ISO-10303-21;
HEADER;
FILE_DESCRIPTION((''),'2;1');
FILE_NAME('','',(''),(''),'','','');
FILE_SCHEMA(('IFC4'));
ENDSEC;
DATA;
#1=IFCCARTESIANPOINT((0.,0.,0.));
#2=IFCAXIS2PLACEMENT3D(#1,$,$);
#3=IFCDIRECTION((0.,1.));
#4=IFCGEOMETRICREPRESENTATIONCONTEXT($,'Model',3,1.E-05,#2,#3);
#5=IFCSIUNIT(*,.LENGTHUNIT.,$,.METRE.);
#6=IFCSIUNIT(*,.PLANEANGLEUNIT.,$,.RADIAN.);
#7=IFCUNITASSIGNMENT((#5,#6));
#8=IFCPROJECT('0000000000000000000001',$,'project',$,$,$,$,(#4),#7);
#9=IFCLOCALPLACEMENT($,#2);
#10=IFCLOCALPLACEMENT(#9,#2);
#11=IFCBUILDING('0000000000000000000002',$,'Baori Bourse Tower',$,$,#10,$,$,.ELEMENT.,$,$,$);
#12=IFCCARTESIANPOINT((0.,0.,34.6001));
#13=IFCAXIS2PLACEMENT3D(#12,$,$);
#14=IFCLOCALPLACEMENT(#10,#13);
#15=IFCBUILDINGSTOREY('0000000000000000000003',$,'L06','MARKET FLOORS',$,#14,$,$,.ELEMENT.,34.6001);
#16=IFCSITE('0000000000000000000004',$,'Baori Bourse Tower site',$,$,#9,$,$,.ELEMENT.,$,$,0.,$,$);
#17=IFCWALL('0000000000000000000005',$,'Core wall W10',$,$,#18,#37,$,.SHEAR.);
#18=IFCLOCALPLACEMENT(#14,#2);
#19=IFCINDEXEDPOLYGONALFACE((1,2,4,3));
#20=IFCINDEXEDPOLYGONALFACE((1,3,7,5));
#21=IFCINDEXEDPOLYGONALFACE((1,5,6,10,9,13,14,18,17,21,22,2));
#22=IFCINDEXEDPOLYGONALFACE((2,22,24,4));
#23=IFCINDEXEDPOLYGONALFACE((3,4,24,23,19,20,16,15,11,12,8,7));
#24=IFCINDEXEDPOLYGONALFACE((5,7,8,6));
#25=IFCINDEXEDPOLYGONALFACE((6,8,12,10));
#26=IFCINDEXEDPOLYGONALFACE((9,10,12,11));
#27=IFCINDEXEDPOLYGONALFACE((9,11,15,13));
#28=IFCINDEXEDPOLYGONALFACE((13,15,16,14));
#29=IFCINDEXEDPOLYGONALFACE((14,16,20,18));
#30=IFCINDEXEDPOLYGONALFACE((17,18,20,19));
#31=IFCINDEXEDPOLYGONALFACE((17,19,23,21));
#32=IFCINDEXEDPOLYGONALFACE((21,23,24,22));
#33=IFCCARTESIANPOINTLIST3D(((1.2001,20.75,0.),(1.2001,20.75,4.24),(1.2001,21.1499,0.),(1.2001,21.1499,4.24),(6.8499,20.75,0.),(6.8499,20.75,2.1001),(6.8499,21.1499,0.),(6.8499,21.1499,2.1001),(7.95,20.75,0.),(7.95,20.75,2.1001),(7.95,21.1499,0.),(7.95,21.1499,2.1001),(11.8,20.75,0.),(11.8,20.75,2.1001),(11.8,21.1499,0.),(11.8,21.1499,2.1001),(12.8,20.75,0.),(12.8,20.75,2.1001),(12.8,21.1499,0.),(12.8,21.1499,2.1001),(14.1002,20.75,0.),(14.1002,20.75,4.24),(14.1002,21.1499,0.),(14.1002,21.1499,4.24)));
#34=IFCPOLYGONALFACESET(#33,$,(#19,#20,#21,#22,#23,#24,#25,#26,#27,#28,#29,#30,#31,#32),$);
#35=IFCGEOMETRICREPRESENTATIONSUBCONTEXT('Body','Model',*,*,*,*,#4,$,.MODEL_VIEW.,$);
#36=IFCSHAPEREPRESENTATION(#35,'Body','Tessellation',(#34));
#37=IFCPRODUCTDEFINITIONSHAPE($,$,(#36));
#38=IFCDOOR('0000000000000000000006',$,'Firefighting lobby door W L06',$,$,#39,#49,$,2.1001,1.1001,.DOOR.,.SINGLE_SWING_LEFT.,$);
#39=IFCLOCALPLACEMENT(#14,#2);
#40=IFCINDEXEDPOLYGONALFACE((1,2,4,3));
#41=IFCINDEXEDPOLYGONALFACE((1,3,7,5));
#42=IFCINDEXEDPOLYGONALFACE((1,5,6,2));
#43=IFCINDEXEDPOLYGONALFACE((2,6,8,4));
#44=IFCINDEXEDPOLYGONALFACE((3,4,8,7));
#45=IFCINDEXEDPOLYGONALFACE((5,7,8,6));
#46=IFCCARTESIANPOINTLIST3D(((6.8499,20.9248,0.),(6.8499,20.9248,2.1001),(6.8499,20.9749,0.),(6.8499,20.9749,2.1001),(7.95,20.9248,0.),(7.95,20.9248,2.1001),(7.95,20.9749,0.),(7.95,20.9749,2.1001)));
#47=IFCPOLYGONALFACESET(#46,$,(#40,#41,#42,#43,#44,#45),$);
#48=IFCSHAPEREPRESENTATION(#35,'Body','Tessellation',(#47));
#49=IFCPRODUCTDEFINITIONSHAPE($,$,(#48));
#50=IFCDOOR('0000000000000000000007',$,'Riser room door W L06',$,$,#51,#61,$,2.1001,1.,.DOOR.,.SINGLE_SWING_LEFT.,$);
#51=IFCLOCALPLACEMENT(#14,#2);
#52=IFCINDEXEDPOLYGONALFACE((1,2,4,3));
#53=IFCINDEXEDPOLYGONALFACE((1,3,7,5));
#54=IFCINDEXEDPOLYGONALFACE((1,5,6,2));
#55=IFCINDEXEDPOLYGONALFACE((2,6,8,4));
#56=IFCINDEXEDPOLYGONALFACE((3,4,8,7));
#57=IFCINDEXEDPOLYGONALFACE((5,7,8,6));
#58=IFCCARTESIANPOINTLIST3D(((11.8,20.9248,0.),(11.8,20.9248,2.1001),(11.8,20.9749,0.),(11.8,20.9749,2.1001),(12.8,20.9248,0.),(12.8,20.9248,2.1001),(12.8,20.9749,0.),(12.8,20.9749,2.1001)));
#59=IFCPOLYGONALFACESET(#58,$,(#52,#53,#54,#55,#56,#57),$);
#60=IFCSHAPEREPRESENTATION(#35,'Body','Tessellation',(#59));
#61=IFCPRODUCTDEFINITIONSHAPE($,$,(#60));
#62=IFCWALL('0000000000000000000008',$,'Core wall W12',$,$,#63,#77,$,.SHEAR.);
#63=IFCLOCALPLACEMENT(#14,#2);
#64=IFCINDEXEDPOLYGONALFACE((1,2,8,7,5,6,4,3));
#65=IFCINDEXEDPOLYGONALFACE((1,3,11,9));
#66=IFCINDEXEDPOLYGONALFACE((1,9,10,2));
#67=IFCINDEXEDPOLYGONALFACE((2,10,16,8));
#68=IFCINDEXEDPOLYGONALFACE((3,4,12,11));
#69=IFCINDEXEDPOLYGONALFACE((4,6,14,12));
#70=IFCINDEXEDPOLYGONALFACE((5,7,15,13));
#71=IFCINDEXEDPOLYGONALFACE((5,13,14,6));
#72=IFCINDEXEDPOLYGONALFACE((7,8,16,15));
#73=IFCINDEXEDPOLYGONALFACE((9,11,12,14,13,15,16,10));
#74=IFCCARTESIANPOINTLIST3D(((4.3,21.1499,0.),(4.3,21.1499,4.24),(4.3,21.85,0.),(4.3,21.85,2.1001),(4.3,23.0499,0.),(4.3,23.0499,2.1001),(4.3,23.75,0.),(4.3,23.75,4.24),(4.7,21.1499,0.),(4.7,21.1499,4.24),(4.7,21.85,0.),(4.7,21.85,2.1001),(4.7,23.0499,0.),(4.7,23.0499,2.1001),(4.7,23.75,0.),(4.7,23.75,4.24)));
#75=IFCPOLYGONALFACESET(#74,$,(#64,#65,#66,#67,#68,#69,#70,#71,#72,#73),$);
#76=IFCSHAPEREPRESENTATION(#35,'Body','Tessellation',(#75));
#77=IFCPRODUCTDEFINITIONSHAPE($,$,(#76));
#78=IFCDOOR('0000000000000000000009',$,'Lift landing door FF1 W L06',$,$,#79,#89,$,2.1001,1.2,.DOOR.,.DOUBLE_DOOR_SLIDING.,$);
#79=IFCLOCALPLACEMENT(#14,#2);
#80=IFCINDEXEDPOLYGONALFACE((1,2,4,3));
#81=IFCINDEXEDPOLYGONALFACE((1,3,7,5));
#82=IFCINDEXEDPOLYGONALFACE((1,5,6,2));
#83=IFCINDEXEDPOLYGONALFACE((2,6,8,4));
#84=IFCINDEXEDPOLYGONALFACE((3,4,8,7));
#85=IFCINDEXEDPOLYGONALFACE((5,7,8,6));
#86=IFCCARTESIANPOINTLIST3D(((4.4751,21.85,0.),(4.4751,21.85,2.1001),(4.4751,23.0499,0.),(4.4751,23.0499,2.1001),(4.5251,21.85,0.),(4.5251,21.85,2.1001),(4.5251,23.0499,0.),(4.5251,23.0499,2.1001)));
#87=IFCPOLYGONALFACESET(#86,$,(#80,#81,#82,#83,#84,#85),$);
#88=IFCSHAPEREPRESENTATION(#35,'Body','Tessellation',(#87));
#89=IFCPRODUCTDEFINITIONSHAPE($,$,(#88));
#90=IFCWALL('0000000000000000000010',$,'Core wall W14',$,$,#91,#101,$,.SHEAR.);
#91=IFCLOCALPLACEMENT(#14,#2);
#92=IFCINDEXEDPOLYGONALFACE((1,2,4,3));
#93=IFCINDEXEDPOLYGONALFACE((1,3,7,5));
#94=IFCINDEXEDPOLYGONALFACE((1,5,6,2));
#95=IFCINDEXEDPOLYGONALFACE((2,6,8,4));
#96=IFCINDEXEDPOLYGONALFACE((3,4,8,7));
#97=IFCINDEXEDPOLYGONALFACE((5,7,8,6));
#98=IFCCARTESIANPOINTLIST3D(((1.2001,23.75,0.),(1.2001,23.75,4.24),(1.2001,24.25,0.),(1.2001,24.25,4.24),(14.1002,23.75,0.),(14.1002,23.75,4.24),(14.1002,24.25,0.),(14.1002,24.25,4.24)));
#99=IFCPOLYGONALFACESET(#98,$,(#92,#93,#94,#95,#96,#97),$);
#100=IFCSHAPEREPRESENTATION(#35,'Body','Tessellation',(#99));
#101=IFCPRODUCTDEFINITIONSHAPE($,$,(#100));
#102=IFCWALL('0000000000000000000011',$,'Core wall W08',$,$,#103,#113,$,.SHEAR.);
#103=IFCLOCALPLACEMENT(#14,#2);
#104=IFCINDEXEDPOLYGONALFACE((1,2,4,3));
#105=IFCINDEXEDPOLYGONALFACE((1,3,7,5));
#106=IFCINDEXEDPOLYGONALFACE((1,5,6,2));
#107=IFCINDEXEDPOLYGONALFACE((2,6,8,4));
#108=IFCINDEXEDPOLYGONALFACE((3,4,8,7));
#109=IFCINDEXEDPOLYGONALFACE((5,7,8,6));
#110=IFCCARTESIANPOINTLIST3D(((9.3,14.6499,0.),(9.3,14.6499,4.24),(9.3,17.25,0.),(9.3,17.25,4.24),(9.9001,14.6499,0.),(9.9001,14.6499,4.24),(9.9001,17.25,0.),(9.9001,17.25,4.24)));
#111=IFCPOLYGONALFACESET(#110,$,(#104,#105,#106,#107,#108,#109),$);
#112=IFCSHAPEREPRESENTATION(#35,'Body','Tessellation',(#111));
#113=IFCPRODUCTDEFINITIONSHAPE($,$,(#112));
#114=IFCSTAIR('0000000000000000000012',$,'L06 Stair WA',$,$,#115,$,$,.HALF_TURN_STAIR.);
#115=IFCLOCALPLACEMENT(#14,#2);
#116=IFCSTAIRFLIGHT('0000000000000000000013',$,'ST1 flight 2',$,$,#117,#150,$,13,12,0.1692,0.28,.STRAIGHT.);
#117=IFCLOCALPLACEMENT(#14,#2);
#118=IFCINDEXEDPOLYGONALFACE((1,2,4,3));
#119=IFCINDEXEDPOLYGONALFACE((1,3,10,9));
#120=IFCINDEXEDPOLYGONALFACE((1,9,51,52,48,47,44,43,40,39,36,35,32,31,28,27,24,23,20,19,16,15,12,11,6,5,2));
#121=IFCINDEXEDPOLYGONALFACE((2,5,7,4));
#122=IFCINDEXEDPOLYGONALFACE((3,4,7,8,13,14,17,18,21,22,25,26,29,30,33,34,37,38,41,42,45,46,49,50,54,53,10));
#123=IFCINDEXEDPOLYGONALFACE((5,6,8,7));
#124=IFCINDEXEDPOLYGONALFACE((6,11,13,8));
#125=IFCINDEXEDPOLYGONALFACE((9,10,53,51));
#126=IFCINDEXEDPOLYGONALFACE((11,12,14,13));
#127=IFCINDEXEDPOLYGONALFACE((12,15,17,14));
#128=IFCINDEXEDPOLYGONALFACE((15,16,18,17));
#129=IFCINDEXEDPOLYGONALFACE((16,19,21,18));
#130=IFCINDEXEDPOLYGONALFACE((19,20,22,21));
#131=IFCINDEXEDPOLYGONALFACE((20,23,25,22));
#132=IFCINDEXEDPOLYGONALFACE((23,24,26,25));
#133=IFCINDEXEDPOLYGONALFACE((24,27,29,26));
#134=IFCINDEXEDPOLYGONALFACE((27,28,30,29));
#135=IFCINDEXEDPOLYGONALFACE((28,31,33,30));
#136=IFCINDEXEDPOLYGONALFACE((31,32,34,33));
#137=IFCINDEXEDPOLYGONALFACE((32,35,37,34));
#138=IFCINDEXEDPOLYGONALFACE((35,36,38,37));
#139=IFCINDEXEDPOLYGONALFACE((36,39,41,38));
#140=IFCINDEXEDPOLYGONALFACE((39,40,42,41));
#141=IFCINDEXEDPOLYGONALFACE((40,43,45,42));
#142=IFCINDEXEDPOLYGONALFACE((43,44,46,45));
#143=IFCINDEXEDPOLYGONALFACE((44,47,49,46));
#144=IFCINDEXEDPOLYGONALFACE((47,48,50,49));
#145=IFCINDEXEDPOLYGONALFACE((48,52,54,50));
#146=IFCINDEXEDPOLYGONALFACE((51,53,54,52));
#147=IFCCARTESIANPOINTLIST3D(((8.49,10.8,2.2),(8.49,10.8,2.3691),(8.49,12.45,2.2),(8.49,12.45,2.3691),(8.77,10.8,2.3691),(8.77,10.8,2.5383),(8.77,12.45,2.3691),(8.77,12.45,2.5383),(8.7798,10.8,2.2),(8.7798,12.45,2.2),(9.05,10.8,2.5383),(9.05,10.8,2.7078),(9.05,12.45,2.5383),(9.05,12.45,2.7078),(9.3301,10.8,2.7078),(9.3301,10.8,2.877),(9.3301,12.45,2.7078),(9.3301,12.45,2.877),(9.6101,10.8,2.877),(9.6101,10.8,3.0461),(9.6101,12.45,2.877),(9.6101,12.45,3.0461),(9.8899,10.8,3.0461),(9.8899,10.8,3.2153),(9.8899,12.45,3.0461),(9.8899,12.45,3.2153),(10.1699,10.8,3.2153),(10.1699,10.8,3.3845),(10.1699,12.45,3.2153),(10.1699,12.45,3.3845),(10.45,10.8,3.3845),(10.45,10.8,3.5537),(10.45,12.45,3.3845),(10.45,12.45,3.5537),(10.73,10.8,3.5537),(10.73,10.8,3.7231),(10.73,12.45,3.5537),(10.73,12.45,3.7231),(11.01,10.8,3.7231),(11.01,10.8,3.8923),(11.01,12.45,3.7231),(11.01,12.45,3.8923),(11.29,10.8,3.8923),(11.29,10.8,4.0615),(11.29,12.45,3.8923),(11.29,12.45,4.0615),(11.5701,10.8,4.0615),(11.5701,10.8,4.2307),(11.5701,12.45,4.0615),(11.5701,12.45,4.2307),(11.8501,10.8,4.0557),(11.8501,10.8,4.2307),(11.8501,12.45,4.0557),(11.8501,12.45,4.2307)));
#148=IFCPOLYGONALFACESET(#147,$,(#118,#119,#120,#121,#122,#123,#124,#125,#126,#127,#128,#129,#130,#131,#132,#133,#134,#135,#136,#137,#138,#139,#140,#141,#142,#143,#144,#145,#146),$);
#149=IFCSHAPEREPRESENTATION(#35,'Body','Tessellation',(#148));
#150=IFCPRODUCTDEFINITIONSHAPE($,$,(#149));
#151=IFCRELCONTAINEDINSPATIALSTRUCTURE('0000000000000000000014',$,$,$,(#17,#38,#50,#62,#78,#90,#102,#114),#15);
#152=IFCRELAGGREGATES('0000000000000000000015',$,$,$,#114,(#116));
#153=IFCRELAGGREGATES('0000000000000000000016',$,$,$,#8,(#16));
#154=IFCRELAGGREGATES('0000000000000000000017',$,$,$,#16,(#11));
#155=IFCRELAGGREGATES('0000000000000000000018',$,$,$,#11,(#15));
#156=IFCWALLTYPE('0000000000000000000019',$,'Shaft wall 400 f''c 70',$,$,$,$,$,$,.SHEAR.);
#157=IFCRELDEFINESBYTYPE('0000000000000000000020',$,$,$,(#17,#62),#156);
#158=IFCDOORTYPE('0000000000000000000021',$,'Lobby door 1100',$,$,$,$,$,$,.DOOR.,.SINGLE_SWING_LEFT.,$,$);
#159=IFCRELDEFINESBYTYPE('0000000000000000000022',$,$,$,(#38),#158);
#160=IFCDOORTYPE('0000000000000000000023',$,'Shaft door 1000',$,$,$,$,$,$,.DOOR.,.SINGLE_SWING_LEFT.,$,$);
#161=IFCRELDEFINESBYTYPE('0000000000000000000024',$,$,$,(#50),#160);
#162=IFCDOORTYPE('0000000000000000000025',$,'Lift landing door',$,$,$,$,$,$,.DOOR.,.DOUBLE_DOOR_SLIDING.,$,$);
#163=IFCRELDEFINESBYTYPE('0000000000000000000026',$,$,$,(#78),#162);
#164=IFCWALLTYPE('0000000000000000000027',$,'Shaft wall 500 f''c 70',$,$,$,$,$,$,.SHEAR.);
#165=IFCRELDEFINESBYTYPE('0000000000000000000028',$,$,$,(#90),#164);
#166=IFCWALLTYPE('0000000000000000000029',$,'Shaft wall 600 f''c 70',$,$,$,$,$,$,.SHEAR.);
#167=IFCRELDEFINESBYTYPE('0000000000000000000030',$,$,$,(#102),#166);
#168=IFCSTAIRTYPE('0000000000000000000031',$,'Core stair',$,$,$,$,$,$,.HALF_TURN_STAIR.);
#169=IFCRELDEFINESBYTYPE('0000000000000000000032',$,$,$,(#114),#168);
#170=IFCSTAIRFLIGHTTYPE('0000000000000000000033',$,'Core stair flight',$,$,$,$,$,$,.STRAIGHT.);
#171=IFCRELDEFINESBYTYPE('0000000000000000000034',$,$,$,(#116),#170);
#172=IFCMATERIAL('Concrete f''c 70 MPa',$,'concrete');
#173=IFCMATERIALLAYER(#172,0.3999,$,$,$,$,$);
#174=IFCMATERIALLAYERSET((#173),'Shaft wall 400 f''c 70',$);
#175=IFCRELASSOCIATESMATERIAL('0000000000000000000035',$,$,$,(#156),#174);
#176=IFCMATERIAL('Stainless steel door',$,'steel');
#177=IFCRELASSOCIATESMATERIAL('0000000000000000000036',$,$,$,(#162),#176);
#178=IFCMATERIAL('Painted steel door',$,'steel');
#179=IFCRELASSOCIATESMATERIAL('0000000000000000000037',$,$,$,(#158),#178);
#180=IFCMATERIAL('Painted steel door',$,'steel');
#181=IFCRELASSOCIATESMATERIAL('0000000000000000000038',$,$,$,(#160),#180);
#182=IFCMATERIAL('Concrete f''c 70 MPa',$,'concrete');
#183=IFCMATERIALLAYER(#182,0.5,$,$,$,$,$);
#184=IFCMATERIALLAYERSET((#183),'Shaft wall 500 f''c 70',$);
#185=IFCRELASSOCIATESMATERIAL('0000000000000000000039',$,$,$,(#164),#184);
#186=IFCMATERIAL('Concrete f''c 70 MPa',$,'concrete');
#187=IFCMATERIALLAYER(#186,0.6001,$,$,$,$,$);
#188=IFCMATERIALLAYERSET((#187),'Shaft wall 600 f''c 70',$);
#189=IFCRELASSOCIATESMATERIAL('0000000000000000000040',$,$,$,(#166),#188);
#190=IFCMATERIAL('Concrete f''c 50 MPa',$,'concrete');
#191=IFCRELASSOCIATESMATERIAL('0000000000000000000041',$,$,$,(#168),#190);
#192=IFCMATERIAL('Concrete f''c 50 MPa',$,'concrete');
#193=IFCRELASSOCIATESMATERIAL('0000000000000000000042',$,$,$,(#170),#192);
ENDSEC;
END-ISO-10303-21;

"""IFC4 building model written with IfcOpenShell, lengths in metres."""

from ifc_helpers import new_model, si_unit, direction, frame, frame_2d, origin, place, context, subcontext, project, spatial, polyline, rectangle, outline, extrude, material, layer, layer_set, type_object, element, fill, aggregate, save


model = new_model("IFC4")

# Units and contexts
model_context = context("Model", 3, precision=1e-05, world=origin(), true_north=direction((0.0, 1.0)))
body_context = subcontext(model_context, "Body", "Model", "MODEL_VIEW")
ifc_project = project(units=[si_unit("LENGTHUNIT", "METRE"), si_unit("PLANEANGLEUNIT", "RADIAN")], contexts=[model_context])

# Site, building, storey
site_placement = place(None, origin())
site = spatial("IfcSite", under=ifc_project, at=site_placement, Name="Baori Bourse Tower site", CompositionType="ELEMENT", RefElevation=0.0)
building_placement = place(site_placement, origin())
building = spatial("IfcBuilding", under=site, at=building_placement, Name="Baori Bourse Tower", CompositionType="ELEMENT")
storey_placement = place(building_placement, frame((0.0, 0.0, 34.6001)))
storey = spatial("IfcBuildingStorey", under=building, at=storey_placement, Name="L06", Description="MARKET FLOORS", CompositionType="ELEMENT", Elevation=34.6001)

# Shared definitions
ifc_material_1 = material(Name="Concrete f'c 70 MPa", Category="concrete")
ifc_layer_1 = layer(ifc_material_1, 0.3999)
ifc_layer_set_1 = layer_set([ifc_layer_1], Name="Shaft wall 400 f'c 70")
wall_type_1 = type_object("IfcWallType", Name="Shaft wall 400 f'c 70", PredefinedType="SHEAR", material=ifc_layer_set_1)

# Wall, openings, doors
ifc_material_2 = material(Name="Stainless steel door", Category="steel")
door_type_1 = type_object("IfcDoorType", Name="Lift landing door", OperationType="DOUBLE_DOOR_SLIDING", PredefinedType="DOOR", material=ifc_material_2)
wall_1_placement = place(storey_placement, frame((1.2, 20.95, 0.0), z_axis=(0.0, 0.0, 1.0), x_axis=(1.0, 0.0, 0.0)))
wall_1 = element("IfcWall", 1, at=wall_1_placement, inside=storey, type_object=wall_type_1, Name="Core wall W10", PredefinedType="SHEAR", context=body_context, shape_type="SweptSolid", body=[
    extrude(rectangle(XDim=12.9001, YDim=0.3999, at=frame_2d((6.4502, 0.0))), origin(), (0.0, 0.0, 1.0), 4.24),
])
opening_1_placement = place(wall_1_placement, frame((5.6499, 0.0, 0.0)))
opening_1 = element("IfcOpeningElement", 2, at=opening_1_placement, cuts=wall_1, PredefinedType="OPENING", context=body_context, shape_type="SweptSolid", body=[
    extrude(rectangle(XDim=1.1001, YDim=2.1001, at=frame_2d((0.55, 1.05))), frame((0.0, 0.21, 0.0), z_axis=(0.0, -1.0, 0.0), x_axis=(1.0, 0.0, 0.0)), (0.0, 0.0, 1.0), 0.4199),
])
opening_2_placement = place(wall_1_placement, frame((10.6001, 0.0, 0.0)))
opening_2 = element("IfcOpeningElement", 3, at=opening_2_placement, cuts=wall_1, PredefinedType="OPENING", context=body_context, shape_type="SweptSolid", body=[
    extrude(rectangle(XDim=1.0, YDim=2.1001, at=frame_2d((0.5, 1.05))), frame((0.0, 0.21, 0.0), z_axis=(0.0, -1.0, 0.0), x_axis=(1.0, 0.0, 0.0)), (0.0, 0.0, 1.0), 0.4199),
])
ifc_material_3 = material(Name="Painted steel door", Category="steel")
door_type_2 = type_object("IfcDoorType", Name="Lobby door 1100", OperationType="SINGLE_SWING_LEFT", PredefinedType="DOOR", material=ifc_material_3)
door_1_placement = place(opening_1_placement, origin())
door_1 = element("IfcDoor", 4, at=door_1_placement, inside=storey, type_object=door_type_2, Name="Firefighting lobby door W L06", OperationType="SINGLE_SWING_LEFT", OverallHeight=2.1001, OverallWidth=1.1001, PredefinedType="DOOR", context=body_context, shape_type="SweptSolid", body=[
    extrude(rectangle(XDim=1.1001, YDim=2.1001, at=frame_2d((0.55, 1.05))), frame((0.0, 0.0249, 0.0), z_axis=(0.0, -1.0, 0.0), x_axis=(1.0, 0.0, 0.0)), (0.0, 0.0, 1.0), 0.05),
])
fill(opening_1, door_1)
ifc_material_4 = material(Name="Painted steel door", Category="steel")
door_type_3 = type_object("IfcDoorType", Name="Shaft door 1000", OperationType="SINGLE_SWING_LEFT", PredefinedType="DOOR", material=ifc_material_4)
door_2_placement = place(opening_2_placement, origin())
door_2 = element("IfcDoor", 5, at=door_2_placement, inside=storey, type_object=door_type_3, Name="Riser room door W L06", OperationType="SINGLE_SWING_LEFT", OverallHeight=2.1001, OverallWidth=1.0, PredefinedType="DOOR", context=body_context, shape_type="SweptSolid", body=[
    extrude(rectangle(XDim=1.0, YDim=2.1001, at=frame_2d((0.5, 1.05))), frame((0.0, 0.0249, 0.0), z_axis=(0.0, -1.0, 0.0), x_axis=(1.0, 0.0, 0.0)), (0.0, 0.0, 1.0), 0.05),
])
fill(opening_2, door_2)

# Wall, opening, door
wall_2_placement = place(storey_placement, frame((4.5, 21.1499, 0.0), z_axis=(0.0, 0.0, 1.0), x_axis=(0.0, 1.0, 0.0)))
wall_2 = element("IfcWall", 6, at=wall_2_placement, inside=storey, type_object=wall_type_1, Name="Core wall W12", PredefinedType="SHEAR", context=body_context, shape_type="SweptSolid", body=[
    extrude(rectangle(XDim=2.6001, YDim=0.3999, at=frame_2d((1.3, 0.0))), origin(), (0.0, 0.0, 1.0), 4.24),
])
opening_3_placement = place(wall_2_placement, frame((0.7, 0.0, 0.0)))
opening_3 = element("IfcOpeningElement", 7, at=opening_3_placement, cuts=wall_2, PredefinedType="OPENING", context=body_context, shape_type="SweptSolid", body=[
    extrude(rectangle(XDim=1.2, YDim=2.1001, at=frame_2d((0.6001, 1.05))), frame((0.0, 0.21, 0.0), z_axis=(0.0, -1.0, 0.0), x_axis=(1.0, 0.0, 0.0)), (0.0, 0.0, 1.0), 0.4199),
])
door_3_placement = place(opening_3_placement, origin())
door_3 = element("IfcDoor", 8, at=door_3_placement, inside=storey, type_object=door_type_1, Name="Lift landing door FF1 W L06", OperationType="DOUBLE_DOOR_SLIDING", OverallHeight=2.1001, OverallWidth=1.2, PredefinedType="DOOR", context=body_context, shape_type="SweptSolid", body=[
    extrude(rectangle(XDim=1.2, YDim=2.1001, at=frame_2d((0.6001, 1.05))), frame((0.0, 0.0249, 0.0), z_axis=(0.0, -1.0, 0.0), x_axis=(1.0, 0.0, 0.0)), (0.0, 0.0, 1.0), 0.05),
])
fill(opening_3, door_3)

# Walls
ifc_material_5 = material(Name="Concrete f'c 70 MPa", Category="concrete")
ifc_layer_2 = layer(ifc_material_5, 0.5)
ifc_layer_set_2 = layer_set([ifc_layer_2], Name="Shaft wall 500 f'c 70")
wall_type_2 = type_object("IfcWallType", Name="Shaft wall 500 f'c 70", PredefinedType="SHEAR", material=ifc_layer_set_2)
wall_3_placement = place(storey_placement, frame((1.2, 24.0, 0.0), z_axis=(0.0, 0.0, 1.0), x_axis=(1.0, 0.0, 0.0)))
element("IfcWall", 9, at=wall_3_placement, inside=storey, type_object=wall_type_2, Name="Core wall W14", PredefinedType="SHEAR", context=body_context, shape_type="SweptSolid", body=[
    extrude(rectangle(XDim=12.9001, YDim=0.5, at=frame_2d((6.4502, 0.0))), origin(), (0.0, 0.0, 1.0), 4.24),
])
ifc_material_6 = material(Name="Concrete f'c 70 MPa", Category="concrete")
ifc_layer_3 = layer(ifc_material_6, 0.6001)
ifc_layer_set_3 = layer_set([ifc_layer_3], Name="Shaft wall 600 f'c 70")
wall_type_3 = type_object("IfcWallType", Name="Shaft wall 600 f'c 70", PredefinedType="SHEAR", material=ifc_layer_set_3)
wall_4_placement = place(storey_placement, frame((9.6001, 14.6499, 0.0), z_axis=(0.0, 0.0, 1.0), x_axis=(0.0, 1.0, 0.0)))
element("IfcWall", 10, at=wall_4_placement, inside=storey, type_object=wall_type_3, Name="Core wall W08", PredefinedType="SHEAR", context=body_context, shape_type="SweptSolid", body=[
    extrude(rectangle(XDim=2.6001, YDim=0.6001, at=frame_2d((1.3, 0.0))), origin(), (0.0, 0.0, 1.0), 4.24),
])

# Stair, stair flight
ifc_material_7 = material(Name="Concrete f'c 50 MPa", Category="concrete")
stair_type = type_object("IfcStairType", Name="Core stair", PredefinedType="HALF_TURN_STAIR", material=ifc_material_7)
stair_placement = place(storey_placement, origin())
stair = element("IfcStair", 11, at=stair_placement, inside=storey, type_object=stair_type, Name="L06 Stair WA", PredefinedType="HALF_TURN_STAIR")
ifc_material_8 = material(Name="Concrete f'c 50 MPa", Category="concrete")
stair_flight_type = type_object("IfcStairFlightType", Name="Core stair flight", PredefinedType="STRAIGHT", material=ifc_material_8)
stair_flight_placement = place(storey_placement, frame((8.49, 11.625, 2.2), z_axis=(0.0, 0.0, 1.0), x_axis=(1.0, 0.0, 0.0)))
stair_flight = element("IfcStairFlight", 12, at=stair_flight_placement, type_object=stair_flight_type, Name="ST1 flight 2", NumberOfRisers=13, NumberOfTreads=12, PredefinedType="STRAIGHT", RiserHeight=0.1692, TreadLength=0.28, context=body_context, shape_type="SweptSolid", body=[
    extrude(outline(polyline([(0.0, 0.0), (0.0, 0.1692), (0.28, 0.1692), (0.28, 0.3384), (0.5601, 0.3384), (0.5601, 0.5078), (0.8401, 0.5078), (0.8401, 0.677), (1.1201, 0.677), (1.1201, 0.8462), (1.3999, 0.8462), (1.3999, 1.0154), (1.6799, 1.0154), (1.6799, 1.1846), (1.96, 1.1846), (1.96, 1.3538), (2.24, 1.3538), (2.24, 1.5232), (2.52, 1.5232), (2.52, 1.6924), (2.8, 1.6924), (2.8, 1.8616), (3.0801, 1.8616), (3.0801, 2.0308), (3.3601, 2.0308), (3.3601, 2.2), (3.3601, 1.8557), (0.2898, 0.0), (0.0, 0.0)])), frame((0.0, 0.825, 0.0), z_axis=(0.0, -1.0, 0.0), x_axis=(1.0, 0.0, 0.0)), (0.0, 0.0, 1.0), 1.6499),
])
aggregate(stair, [stair_flight])

save(model, "model.ifc")
